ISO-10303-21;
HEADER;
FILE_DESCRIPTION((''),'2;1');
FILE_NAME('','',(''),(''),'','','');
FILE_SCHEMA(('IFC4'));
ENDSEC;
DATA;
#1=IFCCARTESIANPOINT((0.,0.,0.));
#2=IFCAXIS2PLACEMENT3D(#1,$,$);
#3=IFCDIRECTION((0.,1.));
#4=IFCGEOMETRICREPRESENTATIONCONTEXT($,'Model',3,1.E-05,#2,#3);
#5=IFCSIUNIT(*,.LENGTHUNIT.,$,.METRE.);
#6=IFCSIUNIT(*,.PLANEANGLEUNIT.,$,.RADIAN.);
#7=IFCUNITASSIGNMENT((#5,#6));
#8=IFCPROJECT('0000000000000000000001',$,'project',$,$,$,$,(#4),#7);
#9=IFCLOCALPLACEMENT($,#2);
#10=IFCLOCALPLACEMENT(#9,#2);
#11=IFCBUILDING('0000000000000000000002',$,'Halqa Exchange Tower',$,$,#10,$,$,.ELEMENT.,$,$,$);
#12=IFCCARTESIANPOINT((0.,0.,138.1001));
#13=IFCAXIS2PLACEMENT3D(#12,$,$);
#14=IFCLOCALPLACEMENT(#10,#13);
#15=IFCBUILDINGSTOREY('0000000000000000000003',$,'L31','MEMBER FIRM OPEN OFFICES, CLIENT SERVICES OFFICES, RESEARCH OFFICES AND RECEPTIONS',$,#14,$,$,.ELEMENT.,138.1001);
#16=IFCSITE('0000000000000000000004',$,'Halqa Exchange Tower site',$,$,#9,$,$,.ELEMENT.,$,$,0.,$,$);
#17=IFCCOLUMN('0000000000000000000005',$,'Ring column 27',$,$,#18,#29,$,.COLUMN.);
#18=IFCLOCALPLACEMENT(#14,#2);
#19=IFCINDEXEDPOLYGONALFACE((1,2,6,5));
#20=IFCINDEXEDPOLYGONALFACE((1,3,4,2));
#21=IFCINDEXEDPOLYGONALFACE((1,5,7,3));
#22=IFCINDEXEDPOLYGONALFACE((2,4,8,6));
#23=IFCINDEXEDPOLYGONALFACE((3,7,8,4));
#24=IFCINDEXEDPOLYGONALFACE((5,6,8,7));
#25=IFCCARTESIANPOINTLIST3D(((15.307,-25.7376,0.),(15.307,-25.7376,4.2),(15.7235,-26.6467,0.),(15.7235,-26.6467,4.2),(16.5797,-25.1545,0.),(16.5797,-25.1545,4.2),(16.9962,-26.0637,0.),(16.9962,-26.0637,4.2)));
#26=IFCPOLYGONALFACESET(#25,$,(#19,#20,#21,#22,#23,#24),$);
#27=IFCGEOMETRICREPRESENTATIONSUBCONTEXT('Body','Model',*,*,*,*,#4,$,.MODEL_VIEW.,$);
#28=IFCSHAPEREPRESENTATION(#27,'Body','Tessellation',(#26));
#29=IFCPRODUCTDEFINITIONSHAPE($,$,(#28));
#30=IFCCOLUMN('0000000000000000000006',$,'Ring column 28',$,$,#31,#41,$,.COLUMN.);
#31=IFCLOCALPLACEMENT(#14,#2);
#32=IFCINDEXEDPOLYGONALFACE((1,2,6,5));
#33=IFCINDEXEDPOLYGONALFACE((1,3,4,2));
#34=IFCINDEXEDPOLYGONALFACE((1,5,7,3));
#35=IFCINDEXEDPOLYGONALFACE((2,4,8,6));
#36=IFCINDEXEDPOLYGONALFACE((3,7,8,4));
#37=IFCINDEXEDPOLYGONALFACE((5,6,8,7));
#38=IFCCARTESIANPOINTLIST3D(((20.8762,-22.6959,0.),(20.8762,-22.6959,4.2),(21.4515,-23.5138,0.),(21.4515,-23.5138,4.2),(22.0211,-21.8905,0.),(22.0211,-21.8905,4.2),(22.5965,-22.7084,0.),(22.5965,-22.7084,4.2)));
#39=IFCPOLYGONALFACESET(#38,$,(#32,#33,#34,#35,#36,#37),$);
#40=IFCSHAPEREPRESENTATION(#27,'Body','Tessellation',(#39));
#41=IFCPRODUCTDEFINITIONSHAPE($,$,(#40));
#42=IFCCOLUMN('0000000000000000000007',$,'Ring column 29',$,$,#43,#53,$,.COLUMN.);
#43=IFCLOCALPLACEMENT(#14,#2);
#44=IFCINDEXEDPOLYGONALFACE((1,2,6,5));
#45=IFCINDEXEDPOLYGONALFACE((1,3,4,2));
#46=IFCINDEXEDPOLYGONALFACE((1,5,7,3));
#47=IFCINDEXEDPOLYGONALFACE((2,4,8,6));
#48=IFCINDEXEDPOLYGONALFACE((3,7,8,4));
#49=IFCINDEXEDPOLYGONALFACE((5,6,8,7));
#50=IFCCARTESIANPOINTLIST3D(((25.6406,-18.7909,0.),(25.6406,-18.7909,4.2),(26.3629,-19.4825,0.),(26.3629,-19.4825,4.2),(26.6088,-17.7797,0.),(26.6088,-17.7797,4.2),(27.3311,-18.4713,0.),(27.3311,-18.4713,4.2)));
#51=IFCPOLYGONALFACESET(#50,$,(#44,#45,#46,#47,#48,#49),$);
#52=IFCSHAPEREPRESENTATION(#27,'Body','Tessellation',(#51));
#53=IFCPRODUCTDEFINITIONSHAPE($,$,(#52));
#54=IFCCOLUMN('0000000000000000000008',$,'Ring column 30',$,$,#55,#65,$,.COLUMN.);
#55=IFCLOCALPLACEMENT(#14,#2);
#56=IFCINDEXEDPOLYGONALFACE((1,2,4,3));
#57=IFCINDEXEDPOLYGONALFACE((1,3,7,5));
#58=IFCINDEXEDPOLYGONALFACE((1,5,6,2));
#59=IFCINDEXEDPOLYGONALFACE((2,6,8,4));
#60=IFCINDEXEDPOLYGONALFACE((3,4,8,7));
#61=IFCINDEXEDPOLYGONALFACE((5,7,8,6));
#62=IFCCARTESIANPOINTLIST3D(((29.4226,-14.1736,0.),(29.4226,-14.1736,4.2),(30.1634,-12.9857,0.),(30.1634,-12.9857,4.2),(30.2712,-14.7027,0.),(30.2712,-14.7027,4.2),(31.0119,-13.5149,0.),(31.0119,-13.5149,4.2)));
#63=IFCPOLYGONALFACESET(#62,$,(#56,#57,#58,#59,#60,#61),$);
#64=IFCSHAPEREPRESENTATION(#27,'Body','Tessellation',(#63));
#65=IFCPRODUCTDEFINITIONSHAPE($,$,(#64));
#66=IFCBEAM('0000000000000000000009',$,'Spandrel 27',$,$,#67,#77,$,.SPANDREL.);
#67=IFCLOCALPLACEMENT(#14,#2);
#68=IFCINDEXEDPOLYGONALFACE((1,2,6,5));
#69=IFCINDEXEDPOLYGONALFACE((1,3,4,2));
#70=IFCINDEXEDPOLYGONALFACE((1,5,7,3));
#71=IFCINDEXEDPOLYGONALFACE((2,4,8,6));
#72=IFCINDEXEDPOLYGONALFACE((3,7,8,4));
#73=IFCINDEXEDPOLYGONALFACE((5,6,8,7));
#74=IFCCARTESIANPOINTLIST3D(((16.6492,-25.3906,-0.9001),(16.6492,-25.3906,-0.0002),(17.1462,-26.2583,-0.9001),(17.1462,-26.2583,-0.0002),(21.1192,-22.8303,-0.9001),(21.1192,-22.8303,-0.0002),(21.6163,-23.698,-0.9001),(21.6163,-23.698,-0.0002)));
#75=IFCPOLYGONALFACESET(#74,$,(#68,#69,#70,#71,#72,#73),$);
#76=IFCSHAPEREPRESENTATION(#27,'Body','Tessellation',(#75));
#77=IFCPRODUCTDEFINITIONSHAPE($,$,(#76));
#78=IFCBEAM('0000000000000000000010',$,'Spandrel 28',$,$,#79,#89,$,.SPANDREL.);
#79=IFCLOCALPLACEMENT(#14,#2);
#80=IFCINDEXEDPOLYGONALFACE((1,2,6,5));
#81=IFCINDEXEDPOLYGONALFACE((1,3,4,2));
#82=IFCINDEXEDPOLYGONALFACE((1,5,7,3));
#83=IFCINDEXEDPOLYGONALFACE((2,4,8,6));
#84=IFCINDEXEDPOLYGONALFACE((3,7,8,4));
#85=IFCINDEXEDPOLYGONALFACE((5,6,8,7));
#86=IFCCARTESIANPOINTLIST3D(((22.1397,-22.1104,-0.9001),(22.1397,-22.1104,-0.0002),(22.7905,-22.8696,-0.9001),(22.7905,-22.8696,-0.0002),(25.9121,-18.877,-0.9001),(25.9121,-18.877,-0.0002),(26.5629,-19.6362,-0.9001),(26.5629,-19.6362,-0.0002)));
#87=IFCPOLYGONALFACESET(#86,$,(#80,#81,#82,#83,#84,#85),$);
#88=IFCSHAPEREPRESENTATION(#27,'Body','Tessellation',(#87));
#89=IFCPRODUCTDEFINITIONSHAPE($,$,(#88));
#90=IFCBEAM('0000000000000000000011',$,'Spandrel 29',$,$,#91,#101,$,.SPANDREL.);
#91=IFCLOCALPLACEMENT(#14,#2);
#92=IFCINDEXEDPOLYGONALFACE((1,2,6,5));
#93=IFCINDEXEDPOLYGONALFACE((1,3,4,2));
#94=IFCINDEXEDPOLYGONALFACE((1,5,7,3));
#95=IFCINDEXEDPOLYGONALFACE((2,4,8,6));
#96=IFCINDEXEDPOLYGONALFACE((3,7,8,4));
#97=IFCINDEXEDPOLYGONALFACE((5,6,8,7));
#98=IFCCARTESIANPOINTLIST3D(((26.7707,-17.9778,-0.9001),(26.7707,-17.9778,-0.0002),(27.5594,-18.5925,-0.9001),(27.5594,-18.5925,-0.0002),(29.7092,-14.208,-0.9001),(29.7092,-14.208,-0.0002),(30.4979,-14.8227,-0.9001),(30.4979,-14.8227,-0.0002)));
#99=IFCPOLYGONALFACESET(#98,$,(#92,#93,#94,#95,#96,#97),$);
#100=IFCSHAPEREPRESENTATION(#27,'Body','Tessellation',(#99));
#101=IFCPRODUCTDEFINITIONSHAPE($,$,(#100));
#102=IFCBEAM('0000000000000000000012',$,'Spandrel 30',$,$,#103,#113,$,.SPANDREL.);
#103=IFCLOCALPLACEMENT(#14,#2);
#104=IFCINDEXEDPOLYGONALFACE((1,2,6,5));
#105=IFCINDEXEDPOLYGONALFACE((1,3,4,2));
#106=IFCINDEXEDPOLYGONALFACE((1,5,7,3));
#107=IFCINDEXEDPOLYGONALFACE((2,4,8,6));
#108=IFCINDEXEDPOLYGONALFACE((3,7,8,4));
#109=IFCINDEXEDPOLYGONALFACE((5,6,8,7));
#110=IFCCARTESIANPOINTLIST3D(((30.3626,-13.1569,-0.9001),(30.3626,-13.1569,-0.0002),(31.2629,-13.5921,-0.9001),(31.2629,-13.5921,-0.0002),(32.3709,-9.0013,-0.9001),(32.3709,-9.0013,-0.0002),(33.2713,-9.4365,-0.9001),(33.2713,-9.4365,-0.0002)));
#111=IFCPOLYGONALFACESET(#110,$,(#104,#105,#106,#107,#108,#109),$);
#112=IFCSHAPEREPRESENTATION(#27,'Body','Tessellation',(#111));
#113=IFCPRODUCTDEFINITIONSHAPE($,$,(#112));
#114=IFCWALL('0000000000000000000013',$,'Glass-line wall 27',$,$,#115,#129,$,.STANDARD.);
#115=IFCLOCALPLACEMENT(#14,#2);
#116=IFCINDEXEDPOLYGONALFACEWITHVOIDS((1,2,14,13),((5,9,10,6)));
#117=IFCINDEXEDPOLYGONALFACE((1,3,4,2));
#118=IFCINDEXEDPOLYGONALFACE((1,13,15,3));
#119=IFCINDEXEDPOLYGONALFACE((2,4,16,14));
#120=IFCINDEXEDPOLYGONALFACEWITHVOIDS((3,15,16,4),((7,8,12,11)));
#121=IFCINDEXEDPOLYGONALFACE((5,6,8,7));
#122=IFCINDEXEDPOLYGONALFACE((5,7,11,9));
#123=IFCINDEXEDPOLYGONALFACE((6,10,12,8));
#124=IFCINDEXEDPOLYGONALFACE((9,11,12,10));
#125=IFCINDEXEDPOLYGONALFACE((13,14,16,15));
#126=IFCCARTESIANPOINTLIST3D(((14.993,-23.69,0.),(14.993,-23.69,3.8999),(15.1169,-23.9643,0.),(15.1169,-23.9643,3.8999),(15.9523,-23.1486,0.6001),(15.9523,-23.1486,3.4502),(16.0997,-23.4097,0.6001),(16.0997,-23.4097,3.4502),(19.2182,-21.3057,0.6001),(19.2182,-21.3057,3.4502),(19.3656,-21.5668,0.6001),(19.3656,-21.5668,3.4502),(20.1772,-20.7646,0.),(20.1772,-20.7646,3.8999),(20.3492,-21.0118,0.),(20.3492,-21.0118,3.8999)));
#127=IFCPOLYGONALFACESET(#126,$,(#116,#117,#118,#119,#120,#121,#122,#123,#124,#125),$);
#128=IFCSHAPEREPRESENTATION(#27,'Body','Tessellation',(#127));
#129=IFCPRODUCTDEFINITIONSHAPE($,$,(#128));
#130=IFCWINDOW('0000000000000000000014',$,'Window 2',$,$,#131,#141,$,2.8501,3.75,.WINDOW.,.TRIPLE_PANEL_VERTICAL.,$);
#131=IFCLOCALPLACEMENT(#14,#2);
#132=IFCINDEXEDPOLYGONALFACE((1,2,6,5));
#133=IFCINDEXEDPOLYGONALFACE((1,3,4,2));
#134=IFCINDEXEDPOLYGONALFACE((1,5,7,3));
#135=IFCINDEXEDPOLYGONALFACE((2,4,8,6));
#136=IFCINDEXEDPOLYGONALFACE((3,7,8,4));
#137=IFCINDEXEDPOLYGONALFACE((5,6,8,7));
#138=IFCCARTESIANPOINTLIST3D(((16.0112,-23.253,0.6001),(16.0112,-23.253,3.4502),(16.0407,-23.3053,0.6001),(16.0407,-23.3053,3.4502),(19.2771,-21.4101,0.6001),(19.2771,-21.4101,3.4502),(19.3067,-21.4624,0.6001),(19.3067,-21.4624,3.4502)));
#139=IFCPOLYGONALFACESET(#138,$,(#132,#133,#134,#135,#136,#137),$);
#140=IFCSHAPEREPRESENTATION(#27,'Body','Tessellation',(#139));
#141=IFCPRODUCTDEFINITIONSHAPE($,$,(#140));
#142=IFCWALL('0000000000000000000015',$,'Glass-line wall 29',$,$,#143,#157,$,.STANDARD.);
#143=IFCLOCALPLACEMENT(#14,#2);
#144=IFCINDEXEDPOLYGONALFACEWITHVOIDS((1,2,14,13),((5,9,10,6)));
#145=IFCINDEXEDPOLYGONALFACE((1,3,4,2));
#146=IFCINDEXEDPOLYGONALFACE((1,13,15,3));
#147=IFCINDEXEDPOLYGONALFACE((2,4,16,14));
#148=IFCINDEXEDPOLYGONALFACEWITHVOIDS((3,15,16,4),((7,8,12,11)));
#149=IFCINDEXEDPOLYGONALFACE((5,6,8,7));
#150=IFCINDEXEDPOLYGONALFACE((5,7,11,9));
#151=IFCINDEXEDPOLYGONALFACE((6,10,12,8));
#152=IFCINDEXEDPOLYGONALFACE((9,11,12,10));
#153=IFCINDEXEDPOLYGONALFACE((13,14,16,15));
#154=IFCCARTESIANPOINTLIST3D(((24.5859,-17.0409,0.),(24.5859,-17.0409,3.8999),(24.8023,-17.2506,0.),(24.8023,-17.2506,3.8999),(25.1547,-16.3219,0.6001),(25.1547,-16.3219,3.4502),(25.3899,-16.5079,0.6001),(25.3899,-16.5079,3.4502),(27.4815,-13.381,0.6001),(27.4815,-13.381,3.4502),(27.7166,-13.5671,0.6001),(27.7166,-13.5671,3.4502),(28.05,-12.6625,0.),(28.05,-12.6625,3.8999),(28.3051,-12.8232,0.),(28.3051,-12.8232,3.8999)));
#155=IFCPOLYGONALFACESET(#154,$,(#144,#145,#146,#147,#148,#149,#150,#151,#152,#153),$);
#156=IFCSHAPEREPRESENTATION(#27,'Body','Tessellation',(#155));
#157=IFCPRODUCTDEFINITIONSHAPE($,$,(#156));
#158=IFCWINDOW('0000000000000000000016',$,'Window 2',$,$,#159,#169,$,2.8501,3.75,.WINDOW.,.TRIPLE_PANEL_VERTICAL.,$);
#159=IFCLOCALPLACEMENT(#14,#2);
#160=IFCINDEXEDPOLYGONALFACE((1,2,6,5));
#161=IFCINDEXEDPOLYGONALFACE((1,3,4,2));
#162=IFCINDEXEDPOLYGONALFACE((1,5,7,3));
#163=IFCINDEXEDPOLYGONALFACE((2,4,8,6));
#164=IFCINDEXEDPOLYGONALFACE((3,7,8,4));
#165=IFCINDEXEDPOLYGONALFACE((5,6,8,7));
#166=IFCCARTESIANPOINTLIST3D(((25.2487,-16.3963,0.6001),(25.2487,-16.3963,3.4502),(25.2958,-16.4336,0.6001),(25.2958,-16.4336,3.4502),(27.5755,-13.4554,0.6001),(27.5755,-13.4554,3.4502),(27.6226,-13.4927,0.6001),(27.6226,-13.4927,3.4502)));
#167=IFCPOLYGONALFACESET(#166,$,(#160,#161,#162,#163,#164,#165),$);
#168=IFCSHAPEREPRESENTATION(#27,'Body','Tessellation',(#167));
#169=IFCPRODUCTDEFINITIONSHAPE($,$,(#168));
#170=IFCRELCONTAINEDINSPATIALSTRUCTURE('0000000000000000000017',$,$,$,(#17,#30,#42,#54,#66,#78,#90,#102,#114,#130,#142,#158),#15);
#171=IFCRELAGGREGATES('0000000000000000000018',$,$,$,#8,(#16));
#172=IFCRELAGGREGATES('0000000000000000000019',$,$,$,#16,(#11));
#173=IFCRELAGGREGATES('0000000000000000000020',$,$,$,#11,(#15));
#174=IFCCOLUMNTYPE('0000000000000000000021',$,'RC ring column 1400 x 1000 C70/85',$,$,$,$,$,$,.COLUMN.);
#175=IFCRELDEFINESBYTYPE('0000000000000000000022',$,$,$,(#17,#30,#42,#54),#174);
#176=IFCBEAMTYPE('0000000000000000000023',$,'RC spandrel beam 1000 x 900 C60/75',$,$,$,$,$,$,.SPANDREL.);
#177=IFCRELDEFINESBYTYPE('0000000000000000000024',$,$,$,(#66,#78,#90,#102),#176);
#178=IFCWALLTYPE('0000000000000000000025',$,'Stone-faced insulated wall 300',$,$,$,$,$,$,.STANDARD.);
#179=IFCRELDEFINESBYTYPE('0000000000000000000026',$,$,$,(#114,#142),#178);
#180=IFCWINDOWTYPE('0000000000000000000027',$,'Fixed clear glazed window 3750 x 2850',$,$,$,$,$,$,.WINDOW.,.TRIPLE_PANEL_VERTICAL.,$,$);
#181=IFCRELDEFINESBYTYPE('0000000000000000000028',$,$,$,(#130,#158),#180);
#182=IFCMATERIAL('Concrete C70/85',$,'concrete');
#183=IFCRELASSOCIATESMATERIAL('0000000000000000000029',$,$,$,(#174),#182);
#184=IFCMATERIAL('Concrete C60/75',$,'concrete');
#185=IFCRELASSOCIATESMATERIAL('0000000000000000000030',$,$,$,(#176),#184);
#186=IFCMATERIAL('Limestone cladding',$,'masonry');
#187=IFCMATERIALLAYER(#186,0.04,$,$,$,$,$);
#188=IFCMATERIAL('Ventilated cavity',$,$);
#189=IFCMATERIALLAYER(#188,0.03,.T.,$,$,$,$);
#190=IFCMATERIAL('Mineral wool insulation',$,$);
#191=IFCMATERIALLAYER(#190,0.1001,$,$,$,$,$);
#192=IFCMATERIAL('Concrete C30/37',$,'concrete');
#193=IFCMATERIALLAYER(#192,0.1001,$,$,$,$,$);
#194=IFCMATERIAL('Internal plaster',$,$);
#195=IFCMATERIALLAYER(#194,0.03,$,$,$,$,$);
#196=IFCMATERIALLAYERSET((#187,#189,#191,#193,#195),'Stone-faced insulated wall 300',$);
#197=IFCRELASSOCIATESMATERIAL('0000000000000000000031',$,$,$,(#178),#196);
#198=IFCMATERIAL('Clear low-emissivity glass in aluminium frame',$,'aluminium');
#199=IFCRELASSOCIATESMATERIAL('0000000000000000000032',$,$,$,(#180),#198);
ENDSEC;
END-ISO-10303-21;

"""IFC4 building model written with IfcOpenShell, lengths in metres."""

from ifc_helpers import new_model, si_unit, direction, frame, frame_2d, origin, origin_2d, place, context, subcontext, project, spatial, polyline, rectangle, outline, extrude, material, layer, layer_set, material_profile, profile_set, type_object, element, fill, save


model = new_model("IFC4")

# Units and contexts
model_context = context("Model", 3, precision=1e-05, world=origin(), true_north=direction((0.0, 1.0)))
body_context = subcontext(model_context, "Body", "Model", "MODEL_VIEW")
ifc_project = project(units=[si_unit("LENGTHUNIT", "METRE"), si_unit("PLANEANGLEUNIT", "RADIAN")], contexts=[model_context])

# Site, building, storey
site_placement = place(None, origin())
site = spatial("IfcSite", under=ifc_project, at=site_placement, Name="Halqa Exchange Tower site", CompositionType="ELEMENT", RefElevation=0.0)
building_placement = place(site_placement, origin())
building = spatial("IfcBuilding", under=site, at=building_placement, Name="Halqa Exchange Tower", CompositionType="ELEMENT")
storey_placement = place(building_placement, frame((0.0, 0.0, 138.1001)))
storey = spatial("IfcBuildingStorey", under=building, at=storey_placement, Name="L31", Description="MEMBER FIRM OPEN OFFICES, CLIENT SERVICES OFFICES, RESEARCH OFFICES AND RECEPTIONS", CompositionType="ELEMENT", Elevation=138.1001)

# Columns
ifc_material_1 = material(Name="Concrete C70/85", Category="concrete")
ifc_material_profile_1 = material_profile(ifc_material_1, rectangle(XDim=1.3999, YDim=1.0, at=origin_2d()), Name="1400 x 1000")
ifc_profile_set_1 = profile_set([ifc_material_profile_1], Name="Concrete C70/85")
column_type = type_object("IfcColumnType", Name="RC ring column 1400 x 1000 C70/85", PredefinedType="COLUMN", material=ifc_profile_set_1)
for number, where, z_axis, x_axis, name in (
    (1, (16.1516, -25.9006, 0.0), (0.0, 0.0, 1.0), (0.909127, 0.416519, 0.0), "Ring column 27"),
    (2, (21.7363, -22.7021, 0.0), (0.0, 0.0, 1.0), (0.817908, 0.575349, 0.0), "Ring column 28"),
    (3, (26.4858, -18.6311, 0.0), (0.0, 0.0, 1.0), (0.691574, 0.722306, 0.0), "Ring column 29"),
    (4, (30.2173, -13.8442, 0.0), (0.0, 0.0, 1.0), (0.529138, 0.848536, 0.0), "Ring column 30"),
):
    element("IfcColumn", number, at=place(storey_placement, frame(where, z_axis=z_axis, x_axis=x_axis)), inside=storey, type_object=column_type, Name=name, PredefinedType="COLUMN", context=body_context, shape_type="SweptSolid", body=[
        extrude(rectangle(XDim=1.3999, YDim=1.0, at=origin_2d()), origin(), (0.0, 0.0, 1.0), 4.2),
    ])

# Beams
ifc_material_2 = material(Name="Concrete C60/75", Category="concrete")
ifc_material_profile_2 = material_profile(ifc_material_2, rectangle(XDim=1.0, YDim=0.8999, at=origin_2d()), Name="1000 x 900")
ifc_profile_set_2 = profile_set([ifc_material_profile_2], Name="Concrete C60/75")
beam_type = type_object("IfcBeamType", Name="RC spandrel beam 1000 x 900 C60/75", PredefinedType="SPANDREL", material=ifc_profile_set_2)
beam_1_placement = place(storey_placement, frame((16.8977, -25.8245, -0.4502), z_axis=(0.867738, 0.497022, 0.0), x_axis=(-0.497022, 0.867738, 0.0)))
element("IfcBeam", 5, at=beam_1_placement, inside=storey, type_object=beam_type, Name="Spandrel 27", PredefinedType="SPANDREL", context=body_context, shape_type="SweptSolid", body=[
    extrude(rectangle(XDim=1.0, YDim=0.8999, at=origin_2d()), origin(), (0.0, 0.0, 1.0), 5.1514),
])
beam_2_placement = place(storey_placement, frame((22.4651, -22.49, -0.4502), z_axis=(0.75927, 0.650775, 0.0), x_axis=(-0.650775, 0.75927, 0.0)))
element("IfcBeam", 6, at=beam_2_placement, inside=storey, type_object=beam_type, Name="Spandrel 28", PredefinedType="SPANDREL", context=body_context, shape_type="SweptSolid", body=[
    extrude(rectangle(XDim=1.0, YDim=0.8999, at=origin_2d()), origin(), (0.0, 0.0, 1.0), 4.9685),
])
beam_3_placement = place(storey_placement, frame((27.165, -18.2852, -0.4502), z_axis=(0.614778, 0.7887, 0.0), x_axis=(-0.7887, 0.614778, 0.0)))
element("IfcBeam", 7, at=beam_3_placement, inside=storey, type_object=beam_type, Name="Spandrel 29", PredefinedType="SPANDREL", context=body_context, shape_type="SweptSolid", body=[
    extrude(rectangle(XDim=1.0, YDim=0.8999, at=origin_2d()), origin(), (0.0, 0.0, 1.0), 4.7798),
])
beam_4_placement = place(storey_placement, frame((30.8127, -13.3745, -0.4502), z_axis=(0.435134, 0.900366, 0.0), x_axis=(-0.900366, 0.435134, 0.0)))
element("IfcBeam", 8, at=beam_4_placement, inside=storey, type_object=beam_type, Name="Spandrel 30", PredefinedType="SPANDREL", context=body_context, shape_type="SweptSolid", body=[
    extrude(rectangle(XDim=1.0, YDim=0.8999, at=origin_2d()), origin(), (0.0, 0.0, 1.0), 4.6155),
])

# Wall, opening, window
ifc_material_3 = material(Name="Limestone cladding", Category="masonry")
ifc_layer_1 = layer(ifc_material_3, 0.04)
ifc_material_4 = material(Name="Ventilated cavity")
ifc_layer_2 = layer(ifc_material_4, 0.03, ventilated=True)
ifc_material_5 = material(Name="Mineral wool insulation")
ifc_layer_3 = layer(ifc_material_5, 0.1001)
ifc_material_6 = material(Name="Concrete C30/37", Category="concrete")
ifc_layer_4 = layer(ifc_material_6, 0.1001)
ifc_material_7 = material(Name="Internal plaster")
ifc_layer_5 = layer(ifc_material_7, 0.03)
ifc_layer_set_1 = layer_set([ifc_layer_1, ifc_layer_2, ifc_layer_3, ifc_layer_4, ifc_layer_5], Name="Stone-faced insulated wall 300")
wall_type_1 = type_object("IfcWallType", Name="Stone-faced insulated wall 300", PredefinedType="STANDARD", material=ifc_layer_set_1)
wall_1_placement = place(storey_placement, frame((15.0549, -23.8271, 0.0), z_axis=(0.0, 0.0, 1.0), x_axis=(0.870909, 0.491445, 0.0)))
wall_1 = element("IfcWall", 9, at=wall_1_placement, inside=storey, type_object=wall_type_1, Name="Glass-line wall 27", PredefinedType="STANDARD", context=body_context, shape_type="SweptSolid", body=[
    extrude(outline(polyline([(-0.0134, -0.1499), (5.9944, -0.1499), (5.9661, 0.1499), (0.0134, 0.1499), (-0.0134, -0.1499)])), origin(), (0.0, 0.0, 1.0), 3.8999),
])
opening_1_placement = place(wall_1_placement, frame((1.115, 0.0, 0.6001)))
opening_1 = element("IfcOpeningElement", 10, at=opening_1_placement, cuts=wall_1, PredefinedType="OPENING", context=body_context, shape_type="SweptSolid", body=[
    extrude(rectangle(XDim=3.75, YDim=2.8501, at=frame_2d((1.875, 1.425))), frame((0.0, 0.1621, 0.0), z_axis=(0.0, -1.0, 0.0), x_axis=(1.0, 0.0, 0.0)), (0.0, 0.0, 1.0), 0.324),
])
ifc_material_8 = material(Name="Clear low-emissivity glass in aluminium frame", Category="aluminium")
window_type = type_object("IfcWindowType", Name="Fixed clear glazed window 3750 x 2850", PartitioningType="TRIPLE_PANEL_VERTICAL", PredefinedType="WINDOW", material=ifc_material_8)
window_1_placement = place(opening_1_placement, origin())
window_1 = element("IfcWindow", 11, at=window_1_placement, inside=storey, type_object=window_type, Name="Window 2", OverallHeight=2.8501, OverallWidth=3.75, PartitioningType="TRIPLE_PANEL_VERTICAL", PredefinedType="WINDOW", context=body_context, shape_type="SweptSolid", body=[
    extrude(rectangle(XDim=3.75, YDim=2.8501, at=frame_2d((1.875, 1.425))), frame((0.0, 0.03, 0.0), z_axis=(0.0, -1.0, 0.0), x_axis=(1.0, 0.0, 0.0)), (0.0, 0.0, 1.0), 0.0601),
])
fill(opening_1, window_1)

# Wall, opening, window
wall_2_placement = place(storey_placement, frame((24.6941, -17.1458, 0.0), z_axis=(0.0, 0.0, 1.0), x_axis=(0.620465, 0.784234, 0.0)))
wall_2 = element("IfcWall", 12, at=wall_2_placement, inside=storey, type_object=wall_type_1, Name="Glass-line wall 29", PredefinedType="STANDARD", context=body_context, shape_type="SweptSolid", body=[
    extrude(outline(polyline([(-0.0151, -0.1499), (5.6304, -0.1499), (5.5981, 0.1499), (0.0151, 0.1499), (-0.0151, -0.1499)])), origin(), (0.0, 0.0, 1.0), 3.8999),
])
opening_2_placement = place(wall_2_placement, frame((0.9319, 0.0, 0.6001)))
opening_2 = element("IfcOpeningElement", 13, at=opening_2_placement, cuts=wall_2, PredefinedType="OPENING", context=body_context, shape_type="SweptSolid", body=[
    extrude(rectangle(XDim=3.75, YDim=2.8501, at=frame_2d((1.875, 1.425))), frame((0.0, 0.1621, 0.0), z_axis=(0.0, -1.0, 0.0), x_axis=(1.0, 0.0, 0.0)), (0.0, 0.0, 1.0), 0.324),
])
window_2_placement = place(opening_2_placement, origin())
window_2 = element("IfcWindow", 14, at=window_2_placement, inside=storey, type_object=window_type, Name="Window 2", OverallHeight=2.8501, OverallWidth=3.75, PartitioningType="TRIPLE_PANEL_VERTICAL", PredefinedType="WINDOW", context=body_context, shape_type="SweptSolid", body=[
    extrude(rectangle(XDim=3.75, YDim=2.8501, at=frame_2d((1.875, 1.425))), frame((0.0, 0.03, 0.0), z_axis=(0.0, -1.0, 0.0), x_axis=(1.0, 0.0, 0.0)), (0.0, 0.0, 1.0), 0.0601),
])
fill(opening_2, window_2)

save(model, "model.ifc")
